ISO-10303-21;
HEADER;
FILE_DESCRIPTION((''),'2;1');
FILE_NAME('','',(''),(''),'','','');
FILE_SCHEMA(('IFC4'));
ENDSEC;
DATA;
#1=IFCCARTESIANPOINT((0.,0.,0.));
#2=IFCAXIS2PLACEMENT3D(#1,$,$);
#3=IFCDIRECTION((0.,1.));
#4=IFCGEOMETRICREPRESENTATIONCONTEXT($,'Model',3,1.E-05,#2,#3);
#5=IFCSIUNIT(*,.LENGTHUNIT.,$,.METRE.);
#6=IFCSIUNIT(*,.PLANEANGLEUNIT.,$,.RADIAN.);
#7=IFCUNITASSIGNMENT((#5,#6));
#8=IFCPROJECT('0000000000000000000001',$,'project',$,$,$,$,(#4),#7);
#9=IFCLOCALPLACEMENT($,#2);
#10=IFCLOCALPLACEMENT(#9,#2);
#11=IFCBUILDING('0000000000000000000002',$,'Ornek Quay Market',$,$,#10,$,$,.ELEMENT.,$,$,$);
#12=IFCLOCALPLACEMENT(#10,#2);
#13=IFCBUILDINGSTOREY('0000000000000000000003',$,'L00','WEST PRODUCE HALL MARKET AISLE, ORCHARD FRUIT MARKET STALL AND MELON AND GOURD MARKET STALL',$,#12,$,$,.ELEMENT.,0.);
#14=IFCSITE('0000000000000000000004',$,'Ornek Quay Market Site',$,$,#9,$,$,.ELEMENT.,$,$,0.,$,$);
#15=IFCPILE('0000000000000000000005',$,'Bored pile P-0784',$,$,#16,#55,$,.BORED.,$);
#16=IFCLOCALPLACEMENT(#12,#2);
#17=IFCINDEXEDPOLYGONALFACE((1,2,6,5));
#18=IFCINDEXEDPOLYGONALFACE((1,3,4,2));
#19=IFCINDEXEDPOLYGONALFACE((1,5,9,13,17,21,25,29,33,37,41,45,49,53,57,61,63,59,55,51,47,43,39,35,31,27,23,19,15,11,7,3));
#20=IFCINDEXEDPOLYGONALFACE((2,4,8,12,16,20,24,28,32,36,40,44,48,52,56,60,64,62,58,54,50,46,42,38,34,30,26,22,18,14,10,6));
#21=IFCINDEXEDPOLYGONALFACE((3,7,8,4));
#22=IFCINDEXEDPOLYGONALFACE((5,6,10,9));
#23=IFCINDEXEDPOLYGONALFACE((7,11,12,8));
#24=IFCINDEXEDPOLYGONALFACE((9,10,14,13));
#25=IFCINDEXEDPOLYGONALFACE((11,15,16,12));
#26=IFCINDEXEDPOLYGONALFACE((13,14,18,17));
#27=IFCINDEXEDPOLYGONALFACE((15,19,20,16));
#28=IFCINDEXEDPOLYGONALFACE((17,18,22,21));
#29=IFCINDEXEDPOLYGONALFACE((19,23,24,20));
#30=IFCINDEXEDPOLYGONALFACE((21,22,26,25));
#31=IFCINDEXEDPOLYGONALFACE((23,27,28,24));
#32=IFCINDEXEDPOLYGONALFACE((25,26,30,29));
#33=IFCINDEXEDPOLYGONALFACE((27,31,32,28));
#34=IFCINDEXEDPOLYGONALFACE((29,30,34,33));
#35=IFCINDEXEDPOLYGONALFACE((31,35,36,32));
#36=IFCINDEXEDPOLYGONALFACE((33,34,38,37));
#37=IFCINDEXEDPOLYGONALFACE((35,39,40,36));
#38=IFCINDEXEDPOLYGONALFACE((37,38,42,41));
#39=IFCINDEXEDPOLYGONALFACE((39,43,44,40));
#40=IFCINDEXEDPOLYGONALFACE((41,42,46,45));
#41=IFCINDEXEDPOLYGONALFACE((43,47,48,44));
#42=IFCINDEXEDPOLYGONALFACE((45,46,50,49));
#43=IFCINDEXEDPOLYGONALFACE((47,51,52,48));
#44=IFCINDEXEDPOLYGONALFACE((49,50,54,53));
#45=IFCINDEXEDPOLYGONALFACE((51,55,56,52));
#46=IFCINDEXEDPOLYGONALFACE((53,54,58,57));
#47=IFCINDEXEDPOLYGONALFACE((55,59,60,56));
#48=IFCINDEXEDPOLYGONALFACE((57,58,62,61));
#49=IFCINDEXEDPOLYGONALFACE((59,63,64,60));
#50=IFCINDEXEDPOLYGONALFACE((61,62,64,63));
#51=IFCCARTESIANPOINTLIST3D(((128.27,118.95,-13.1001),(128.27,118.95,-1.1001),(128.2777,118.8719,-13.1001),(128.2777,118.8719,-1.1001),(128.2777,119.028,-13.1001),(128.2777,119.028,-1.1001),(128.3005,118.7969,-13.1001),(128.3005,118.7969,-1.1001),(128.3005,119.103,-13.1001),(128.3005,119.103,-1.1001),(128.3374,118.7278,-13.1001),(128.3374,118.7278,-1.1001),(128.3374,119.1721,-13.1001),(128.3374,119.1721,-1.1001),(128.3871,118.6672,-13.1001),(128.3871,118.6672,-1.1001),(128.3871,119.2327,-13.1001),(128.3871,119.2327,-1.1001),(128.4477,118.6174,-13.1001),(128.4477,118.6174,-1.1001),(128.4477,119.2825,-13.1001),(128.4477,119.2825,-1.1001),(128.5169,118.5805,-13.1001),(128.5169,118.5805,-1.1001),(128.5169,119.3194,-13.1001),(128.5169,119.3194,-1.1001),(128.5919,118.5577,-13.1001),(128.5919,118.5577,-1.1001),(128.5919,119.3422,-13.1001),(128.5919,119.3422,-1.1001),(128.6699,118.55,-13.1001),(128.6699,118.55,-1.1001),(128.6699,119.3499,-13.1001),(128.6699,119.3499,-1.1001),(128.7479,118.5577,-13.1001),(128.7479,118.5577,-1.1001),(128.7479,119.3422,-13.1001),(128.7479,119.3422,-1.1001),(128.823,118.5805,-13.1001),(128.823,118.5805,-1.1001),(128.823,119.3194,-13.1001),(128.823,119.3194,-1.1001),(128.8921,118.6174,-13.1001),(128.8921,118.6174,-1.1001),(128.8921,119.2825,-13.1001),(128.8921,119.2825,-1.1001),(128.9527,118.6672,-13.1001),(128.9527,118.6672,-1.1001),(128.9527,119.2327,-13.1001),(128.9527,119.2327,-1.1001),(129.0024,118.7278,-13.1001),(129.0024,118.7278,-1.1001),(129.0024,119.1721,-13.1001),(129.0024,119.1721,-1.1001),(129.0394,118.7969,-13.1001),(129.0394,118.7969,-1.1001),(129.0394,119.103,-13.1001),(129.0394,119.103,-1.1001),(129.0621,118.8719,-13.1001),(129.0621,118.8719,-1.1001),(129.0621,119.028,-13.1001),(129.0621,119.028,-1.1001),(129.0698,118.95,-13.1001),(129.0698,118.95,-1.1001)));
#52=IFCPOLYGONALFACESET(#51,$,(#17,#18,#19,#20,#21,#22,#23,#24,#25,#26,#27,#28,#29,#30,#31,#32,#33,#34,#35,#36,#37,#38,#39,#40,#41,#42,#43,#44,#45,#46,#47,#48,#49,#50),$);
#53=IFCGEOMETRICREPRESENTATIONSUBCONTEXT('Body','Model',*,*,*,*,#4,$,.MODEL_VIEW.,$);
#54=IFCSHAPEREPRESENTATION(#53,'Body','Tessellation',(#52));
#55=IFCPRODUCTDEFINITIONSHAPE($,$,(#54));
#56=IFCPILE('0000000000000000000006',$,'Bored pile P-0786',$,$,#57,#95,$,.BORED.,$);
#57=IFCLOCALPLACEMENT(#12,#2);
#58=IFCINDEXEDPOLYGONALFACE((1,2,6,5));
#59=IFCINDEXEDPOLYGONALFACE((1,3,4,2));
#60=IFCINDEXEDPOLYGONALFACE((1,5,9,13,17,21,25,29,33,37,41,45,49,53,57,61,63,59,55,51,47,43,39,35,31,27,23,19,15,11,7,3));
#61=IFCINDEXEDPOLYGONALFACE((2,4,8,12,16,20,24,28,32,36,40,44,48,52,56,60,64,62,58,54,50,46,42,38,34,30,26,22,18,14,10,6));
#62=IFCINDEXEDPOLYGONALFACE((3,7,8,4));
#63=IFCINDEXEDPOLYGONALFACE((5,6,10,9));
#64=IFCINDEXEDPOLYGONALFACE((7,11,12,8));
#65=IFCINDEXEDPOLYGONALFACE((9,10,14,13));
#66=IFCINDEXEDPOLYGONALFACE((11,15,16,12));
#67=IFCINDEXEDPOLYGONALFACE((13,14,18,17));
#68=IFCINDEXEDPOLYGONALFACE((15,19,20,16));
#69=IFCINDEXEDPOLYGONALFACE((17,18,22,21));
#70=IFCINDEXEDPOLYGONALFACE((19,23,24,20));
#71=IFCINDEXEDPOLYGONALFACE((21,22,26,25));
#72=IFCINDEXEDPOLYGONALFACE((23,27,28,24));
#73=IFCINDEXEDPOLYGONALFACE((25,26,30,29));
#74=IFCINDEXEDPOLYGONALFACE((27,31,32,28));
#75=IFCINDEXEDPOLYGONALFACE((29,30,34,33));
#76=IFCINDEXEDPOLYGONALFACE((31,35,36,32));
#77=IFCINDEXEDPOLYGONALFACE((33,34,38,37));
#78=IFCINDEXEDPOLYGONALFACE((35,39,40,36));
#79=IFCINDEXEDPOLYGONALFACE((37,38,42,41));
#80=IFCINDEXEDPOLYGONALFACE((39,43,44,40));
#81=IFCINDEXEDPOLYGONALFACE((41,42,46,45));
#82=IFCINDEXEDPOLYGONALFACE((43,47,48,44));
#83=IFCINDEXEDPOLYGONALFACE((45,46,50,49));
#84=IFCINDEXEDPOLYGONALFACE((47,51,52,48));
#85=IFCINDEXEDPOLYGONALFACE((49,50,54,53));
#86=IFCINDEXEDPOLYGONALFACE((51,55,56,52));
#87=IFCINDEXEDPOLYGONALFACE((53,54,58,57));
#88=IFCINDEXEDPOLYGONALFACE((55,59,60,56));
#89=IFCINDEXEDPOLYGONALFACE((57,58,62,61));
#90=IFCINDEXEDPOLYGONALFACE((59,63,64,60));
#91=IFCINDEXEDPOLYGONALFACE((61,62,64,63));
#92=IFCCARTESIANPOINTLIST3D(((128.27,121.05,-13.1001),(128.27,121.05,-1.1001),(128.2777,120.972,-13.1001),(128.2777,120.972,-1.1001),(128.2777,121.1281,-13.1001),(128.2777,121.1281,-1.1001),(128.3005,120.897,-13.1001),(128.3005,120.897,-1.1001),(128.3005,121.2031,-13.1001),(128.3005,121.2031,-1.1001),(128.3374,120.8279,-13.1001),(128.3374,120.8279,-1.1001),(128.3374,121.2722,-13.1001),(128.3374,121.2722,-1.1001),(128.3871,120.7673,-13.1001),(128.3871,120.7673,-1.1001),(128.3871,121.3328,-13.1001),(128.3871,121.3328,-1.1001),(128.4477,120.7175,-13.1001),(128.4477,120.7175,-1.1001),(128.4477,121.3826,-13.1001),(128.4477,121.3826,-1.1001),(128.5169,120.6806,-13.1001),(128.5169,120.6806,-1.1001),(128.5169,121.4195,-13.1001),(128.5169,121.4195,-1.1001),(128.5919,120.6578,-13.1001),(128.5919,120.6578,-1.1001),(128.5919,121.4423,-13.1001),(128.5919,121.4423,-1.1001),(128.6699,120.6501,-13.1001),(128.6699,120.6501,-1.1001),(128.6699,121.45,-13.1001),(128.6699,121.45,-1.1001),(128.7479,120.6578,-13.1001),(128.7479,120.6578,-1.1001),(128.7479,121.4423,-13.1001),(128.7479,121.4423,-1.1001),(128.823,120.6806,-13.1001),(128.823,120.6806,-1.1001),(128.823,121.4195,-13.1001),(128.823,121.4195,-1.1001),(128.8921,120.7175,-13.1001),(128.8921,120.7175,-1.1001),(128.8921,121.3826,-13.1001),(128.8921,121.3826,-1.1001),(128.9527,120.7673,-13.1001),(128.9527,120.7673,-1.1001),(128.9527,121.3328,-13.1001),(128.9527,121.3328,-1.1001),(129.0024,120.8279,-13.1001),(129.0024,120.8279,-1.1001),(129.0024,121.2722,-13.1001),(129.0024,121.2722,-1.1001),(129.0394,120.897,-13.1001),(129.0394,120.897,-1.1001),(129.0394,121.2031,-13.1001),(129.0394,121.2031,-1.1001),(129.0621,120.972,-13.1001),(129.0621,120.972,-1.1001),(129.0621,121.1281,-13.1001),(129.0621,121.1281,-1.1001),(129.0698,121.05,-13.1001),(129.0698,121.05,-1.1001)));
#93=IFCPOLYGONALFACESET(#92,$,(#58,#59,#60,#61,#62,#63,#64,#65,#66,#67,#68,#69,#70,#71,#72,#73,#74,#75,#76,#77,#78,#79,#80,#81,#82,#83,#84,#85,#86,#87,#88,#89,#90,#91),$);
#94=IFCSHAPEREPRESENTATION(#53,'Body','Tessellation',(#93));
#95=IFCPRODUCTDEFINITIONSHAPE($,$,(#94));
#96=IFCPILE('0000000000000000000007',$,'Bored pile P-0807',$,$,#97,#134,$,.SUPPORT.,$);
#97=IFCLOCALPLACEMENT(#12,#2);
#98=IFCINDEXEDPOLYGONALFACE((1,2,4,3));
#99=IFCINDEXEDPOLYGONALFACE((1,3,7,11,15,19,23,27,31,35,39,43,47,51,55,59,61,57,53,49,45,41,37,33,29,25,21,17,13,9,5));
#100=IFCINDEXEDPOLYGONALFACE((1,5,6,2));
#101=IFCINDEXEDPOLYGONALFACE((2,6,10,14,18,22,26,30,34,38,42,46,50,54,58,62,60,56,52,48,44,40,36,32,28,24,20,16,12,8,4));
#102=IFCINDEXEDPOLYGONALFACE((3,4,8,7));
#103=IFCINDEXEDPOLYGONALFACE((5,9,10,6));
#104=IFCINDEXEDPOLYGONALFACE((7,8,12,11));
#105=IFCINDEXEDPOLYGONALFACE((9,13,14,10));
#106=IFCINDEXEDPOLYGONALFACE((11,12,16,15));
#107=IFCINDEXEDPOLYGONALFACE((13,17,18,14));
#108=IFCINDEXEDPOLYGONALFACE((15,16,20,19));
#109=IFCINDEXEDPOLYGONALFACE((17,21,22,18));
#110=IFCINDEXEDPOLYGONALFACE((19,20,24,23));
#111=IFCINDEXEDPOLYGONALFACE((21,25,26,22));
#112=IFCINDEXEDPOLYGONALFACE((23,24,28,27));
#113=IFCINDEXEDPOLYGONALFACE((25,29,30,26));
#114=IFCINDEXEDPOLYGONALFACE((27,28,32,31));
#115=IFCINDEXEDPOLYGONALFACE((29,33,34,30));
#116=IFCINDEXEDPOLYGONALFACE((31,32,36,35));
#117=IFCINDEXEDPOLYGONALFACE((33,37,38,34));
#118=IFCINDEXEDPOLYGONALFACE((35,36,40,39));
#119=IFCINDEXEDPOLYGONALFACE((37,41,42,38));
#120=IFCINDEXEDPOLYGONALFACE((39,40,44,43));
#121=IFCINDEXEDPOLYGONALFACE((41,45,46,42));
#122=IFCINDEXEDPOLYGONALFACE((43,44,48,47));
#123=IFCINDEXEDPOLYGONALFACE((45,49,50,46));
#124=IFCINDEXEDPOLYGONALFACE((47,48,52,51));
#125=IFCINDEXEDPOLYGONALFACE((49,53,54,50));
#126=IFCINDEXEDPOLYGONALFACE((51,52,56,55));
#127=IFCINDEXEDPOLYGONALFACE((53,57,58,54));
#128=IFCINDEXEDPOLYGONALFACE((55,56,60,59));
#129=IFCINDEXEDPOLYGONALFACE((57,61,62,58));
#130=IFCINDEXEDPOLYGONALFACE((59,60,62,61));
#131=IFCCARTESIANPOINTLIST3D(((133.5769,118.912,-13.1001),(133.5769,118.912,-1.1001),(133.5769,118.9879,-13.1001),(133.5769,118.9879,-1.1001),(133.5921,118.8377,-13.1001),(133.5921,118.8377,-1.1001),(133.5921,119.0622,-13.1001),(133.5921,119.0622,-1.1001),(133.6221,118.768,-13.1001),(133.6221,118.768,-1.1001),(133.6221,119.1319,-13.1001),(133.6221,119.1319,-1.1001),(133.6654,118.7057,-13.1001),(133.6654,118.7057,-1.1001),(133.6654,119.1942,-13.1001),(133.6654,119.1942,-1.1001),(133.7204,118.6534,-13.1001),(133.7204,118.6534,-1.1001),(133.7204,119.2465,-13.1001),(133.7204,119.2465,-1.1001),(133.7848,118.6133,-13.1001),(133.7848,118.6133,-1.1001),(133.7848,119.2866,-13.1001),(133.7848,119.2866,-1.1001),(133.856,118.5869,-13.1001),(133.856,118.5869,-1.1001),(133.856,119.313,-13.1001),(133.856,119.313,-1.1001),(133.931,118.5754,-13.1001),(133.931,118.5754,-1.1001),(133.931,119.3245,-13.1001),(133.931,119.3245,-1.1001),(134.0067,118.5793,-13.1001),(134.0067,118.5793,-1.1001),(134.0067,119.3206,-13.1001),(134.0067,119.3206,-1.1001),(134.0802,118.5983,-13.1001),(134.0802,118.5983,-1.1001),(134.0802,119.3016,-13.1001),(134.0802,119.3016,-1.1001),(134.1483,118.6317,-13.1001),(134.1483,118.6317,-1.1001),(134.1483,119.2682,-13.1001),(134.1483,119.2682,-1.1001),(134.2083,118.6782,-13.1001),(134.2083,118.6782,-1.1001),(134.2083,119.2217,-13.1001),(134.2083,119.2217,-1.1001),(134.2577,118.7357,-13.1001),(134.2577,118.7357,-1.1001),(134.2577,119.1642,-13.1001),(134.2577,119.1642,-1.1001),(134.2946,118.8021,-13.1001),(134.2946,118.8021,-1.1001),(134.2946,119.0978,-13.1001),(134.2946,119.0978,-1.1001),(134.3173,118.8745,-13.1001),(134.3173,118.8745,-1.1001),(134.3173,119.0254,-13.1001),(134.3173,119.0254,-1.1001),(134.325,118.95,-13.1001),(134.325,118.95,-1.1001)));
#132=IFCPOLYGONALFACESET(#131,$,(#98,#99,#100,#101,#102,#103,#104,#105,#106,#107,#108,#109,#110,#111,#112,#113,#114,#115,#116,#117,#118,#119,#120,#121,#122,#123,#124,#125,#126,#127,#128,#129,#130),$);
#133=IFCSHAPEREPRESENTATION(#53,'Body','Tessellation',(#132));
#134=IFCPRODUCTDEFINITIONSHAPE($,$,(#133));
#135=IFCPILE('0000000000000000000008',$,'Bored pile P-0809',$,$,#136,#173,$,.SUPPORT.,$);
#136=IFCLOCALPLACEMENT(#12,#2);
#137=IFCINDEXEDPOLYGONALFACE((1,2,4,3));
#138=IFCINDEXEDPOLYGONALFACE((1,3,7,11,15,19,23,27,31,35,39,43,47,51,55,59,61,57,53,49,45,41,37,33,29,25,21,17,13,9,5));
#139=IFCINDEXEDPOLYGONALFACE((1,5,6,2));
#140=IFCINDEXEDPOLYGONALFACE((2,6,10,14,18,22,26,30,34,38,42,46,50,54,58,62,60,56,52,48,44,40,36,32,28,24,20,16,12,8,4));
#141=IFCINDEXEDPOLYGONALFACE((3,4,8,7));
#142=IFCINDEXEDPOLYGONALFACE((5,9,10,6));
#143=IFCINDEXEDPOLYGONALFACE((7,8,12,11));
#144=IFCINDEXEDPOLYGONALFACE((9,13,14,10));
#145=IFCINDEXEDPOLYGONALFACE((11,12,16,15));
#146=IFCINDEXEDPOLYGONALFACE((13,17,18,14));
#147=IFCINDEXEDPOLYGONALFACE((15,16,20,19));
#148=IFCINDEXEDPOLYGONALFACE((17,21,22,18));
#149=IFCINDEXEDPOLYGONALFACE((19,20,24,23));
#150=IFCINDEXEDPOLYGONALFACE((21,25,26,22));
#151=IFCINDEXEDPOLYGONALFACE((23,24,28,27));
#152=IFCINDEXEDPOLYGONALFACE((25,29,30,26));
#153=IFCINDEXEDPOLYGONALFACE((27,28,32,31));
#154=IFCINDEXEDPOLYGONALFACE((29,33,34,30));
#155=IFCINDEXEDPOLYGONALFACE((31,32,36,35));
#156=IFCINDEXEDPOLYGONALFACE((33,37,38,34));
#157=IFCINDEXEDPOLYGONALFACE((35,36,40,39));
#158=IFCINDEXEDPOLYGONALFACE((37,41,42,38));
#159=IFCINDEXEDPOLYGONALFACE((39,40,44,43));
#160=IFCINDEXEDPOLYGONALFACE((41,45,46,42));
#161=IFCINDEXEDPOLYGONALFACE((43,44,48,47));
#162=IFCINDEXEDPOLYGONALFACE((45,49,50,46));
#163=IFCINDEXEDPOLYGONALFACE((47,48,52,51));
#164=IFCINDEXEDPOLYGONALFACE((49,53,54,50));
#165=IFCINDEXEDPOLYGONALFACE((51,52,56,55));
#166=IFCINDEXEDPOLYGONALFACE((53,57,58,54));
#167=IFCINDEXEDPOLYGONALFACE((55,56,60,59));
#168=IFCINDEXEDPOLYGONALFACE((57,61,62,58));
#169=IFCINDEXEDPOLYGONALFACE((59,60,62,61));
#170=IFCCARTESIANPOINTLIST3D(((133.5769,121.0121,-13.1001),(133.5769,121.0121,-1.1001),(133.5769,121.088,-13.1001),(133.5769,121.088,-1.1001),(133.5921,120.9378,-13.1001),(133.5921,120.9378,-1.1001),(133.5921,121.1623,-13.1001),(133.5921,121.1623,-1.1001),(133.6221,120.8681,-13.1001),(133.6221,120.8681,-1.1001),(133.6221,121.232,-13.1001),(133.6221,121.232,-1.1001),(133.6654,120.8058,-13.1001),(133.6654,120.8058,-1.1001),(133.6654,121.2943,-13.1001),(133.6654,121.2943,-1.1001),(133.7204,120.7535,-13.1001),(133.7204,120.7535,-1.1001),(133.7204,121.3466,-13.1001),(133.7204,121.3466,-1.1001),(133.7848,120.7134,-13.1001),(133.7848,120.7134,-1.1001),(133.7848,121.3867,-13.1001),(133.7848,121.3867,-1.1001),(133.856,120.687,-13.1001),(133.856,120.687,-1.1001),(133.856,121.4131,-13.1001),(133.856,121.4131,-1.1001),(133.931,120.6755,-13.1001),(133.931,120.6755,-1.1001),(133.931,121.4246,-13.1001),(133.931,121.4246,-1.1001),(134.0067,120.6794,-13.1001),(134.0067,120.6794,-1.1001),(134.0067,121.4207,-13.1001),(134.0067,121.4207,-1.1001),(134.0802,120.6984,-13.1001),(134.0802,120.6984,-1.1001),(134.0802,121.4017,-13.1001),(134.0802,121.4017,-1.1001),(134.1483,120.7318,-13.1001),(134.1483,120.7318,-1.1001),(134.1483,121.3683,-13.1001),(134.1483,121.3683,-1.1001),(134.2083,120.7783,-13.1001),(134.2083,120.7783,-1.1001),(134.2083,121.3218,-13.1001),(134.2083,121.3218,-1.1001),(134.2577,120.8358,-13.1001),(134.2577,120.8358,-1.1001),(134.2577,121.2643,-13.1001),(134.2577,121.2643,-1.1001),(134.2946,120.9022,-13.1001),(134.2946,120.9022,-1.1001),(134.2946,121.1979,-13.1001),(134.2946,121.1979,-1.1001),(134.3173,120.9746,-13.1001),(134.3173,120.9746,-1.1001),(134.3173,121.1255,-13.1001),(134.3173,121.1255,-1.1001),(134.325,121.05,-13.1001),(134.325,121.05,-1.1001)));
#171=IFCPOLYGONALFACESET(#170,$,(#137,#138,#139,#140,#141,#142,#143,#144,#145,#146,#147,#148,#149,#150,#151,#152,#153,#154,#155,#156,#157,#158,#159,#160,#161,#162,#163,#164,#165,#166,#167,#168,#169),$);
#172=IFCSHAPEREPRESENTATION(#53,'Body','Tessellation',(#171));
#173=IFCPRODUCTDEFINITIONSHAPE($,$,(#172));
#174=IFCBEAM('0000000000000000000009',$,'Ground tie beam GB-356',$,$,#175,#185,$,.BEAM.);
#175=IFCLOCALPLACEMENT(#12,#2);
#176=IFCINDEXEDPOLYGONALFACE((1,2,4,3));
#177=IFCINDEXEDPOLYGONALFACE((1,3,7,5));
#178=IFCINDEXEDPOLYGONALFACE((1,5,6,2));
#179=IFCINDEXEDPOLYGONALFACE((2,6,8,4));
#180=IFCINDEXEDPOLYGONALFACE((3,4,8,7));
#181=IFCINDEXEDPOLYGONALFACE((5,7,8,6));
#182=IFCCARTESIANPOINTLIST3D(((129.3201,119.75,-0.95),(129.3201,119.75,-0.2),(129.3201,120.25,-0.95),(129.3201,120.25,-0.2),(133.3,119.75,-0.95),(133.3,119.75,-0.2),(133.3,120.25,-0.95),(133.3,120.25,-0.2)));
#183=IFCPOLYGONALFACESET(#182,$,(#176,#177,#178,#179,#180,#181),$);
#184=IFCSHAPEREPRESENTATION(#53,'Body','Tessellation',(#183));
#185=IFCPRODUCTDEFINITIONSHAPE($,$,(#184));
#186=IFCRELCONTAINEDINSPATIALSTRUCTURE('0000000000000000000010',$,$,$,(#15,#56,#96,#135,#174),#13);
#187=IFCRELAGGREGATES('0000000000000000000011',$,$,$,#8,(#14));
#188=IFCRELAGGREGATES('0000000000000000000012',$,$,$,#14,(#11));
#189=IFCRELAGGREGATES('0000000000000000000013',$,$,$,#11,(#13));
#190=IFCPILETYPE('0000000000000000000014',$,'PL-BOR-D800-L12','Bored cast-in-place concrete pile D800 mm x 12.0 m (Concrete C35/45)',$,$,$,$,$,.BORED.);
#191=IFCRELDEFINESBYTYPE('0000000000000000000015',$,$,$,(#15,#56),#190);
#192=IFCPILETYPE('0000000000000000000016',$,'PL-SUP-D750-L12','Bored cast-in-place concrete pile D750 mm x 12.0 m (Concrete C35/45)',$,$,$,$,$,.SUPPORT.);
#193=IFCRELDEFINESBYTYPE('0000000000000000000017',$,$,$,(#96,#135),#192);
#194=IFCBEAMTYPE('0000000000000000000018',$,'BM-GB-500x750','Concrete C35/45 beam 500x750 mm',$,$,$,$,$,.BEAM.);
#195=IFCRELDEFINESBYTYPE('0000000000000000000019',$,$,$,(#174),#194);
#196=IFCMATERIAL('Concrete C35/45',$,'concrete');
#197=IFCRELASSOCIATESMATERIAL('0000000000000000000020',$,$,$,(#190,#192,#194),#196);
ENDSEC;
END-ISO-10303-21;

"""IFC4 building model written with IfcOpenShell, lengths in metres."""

from ifc_helpers import new_model, si_unit, direction, frame, origin, origin_2d, place, context, subcontext, project, spatial, rectangle, circle, extrude, material, material_profile, profile_set, type_object, element, save


model = new_model("IFC4")

# Units and contexts
model_context = context("Model", 3, precision=1e-05, world=origin(), true_north=direction((0.0, 1.0)))
body_context = subcontext(model_context, "Body", "Model", "MODEL_VIEW")
ifc_project = project(units=[si_unit("LENGTHUNIT", "METRE"), si_unit("PLANEANGLEUNIT", "RADIAN")], contexts=[model_context])

# Site, building, storey
site_placement = place(None, origin())
site = spatial("IfcSite", under=ifc_project, at=site_placement, Name="Ornek Quay Market Site", CompositionType="ELEMENT", RefElevation=0.0)
building_placement = place(site_placement, origin())
building = spatial("IfcBuilding", under=site, at=building_placement, Name="Ornek Quay Market", CompositionType="ELEMENT")
storey_placement = place(building_placement, origin())
storey = spatial("IfcBuildingStorey", under=building, at=storey_placement, Name="L00", Description="WEST PRODUCE HALL MARKET AISLE, ORCHARD FRUIT MARKET STALL AND MELON AND GOURD MARKET STALL", CompositionType="ELEMENT", Elevation=0.0)

# Piles
ifc_material_1 = material(Name="Concrete C35/45", Category="concrete")
ifc_material_profile_1 = material_profile(ifc_material_1, circle(Radius=0.3999, at=origin_2d()), Name="PILE D800", Category="concrete")
ifc_profile_set_1 = profile_set([ifc_material_profile_1], Name="Concrete C35/45")
pile_type_1 = type_object("IfcPileType", Name="PL-BOR-D800-L12", Description="Bored cast-in-place concrete pile D800 mm x 12.0 m (Concrete C35/45)", PredefinedType="BORED", material=ifc_profile_set_1)
for number, where, z_axis, x_axis, name in (
    (1, (128.6699, 118.95, -1.1001), (0.0, 0.0, -1.0), (1.0, 0.0, 0.0), "Bored pile P-0784"),
    (2, (128.6699, 121.05, -1.1001), (0.0, 0.0, -1.0), (1.0, 0.0, 0.0), "Bored pile P-0786"),
):
    element("IfcPile", number, at=place(storey_placement, frame(where, z_axis=z_axis, x_axis=x_axis)), inside=storey, type_object=pile_type_1, Name=name, PredefinedType="BORED", context=body_context, shape_type="SweptSolid", body=[
        extrude(circle(Radius=0.3999, at=origin_2d()), origin(), (0.0, 0.0, 1.0), 12.0),
    ])
ifc_material_profile_2 = material_profile(ifc_material_1, circle(Radius=0.375, at=origin_2d()), Name="PILE D750", Category="concrete")
ifc_profile_set_2 = profile_set([ifc_material_profile_2], Name="Concrete C35/45")
pile_type_2 = type_object("IfcPileType", Name="PL-SUP-D750-L12", Description="Bored cast-in-place concrete pile D750 mm x 12.0 m (Concrete C35/45)", PredefinedType="SUPPORT", material=ifc_profile_set_2)
for number, where, z_axis, x_axis, name in (
    (3, (133.95, 118.95, -1.1001), (0.0, 0.0, -1.0), (1.0, 0.0, 0.0), "Bored pile P-0807"),
    (4, (133.95, 121.05, -1.1001), (0.0, 0.0, -1.0), (1.0, 0.0, 0.0), "Bored pile P-0809"),
):
    element("IfcPile", number, at=place(storey_placement, frame(where, z_axis=z_axis, x_axis=x_axis)), inside=storey, type_object=pile_type_2, Name=name, PredefinedType="SUPPORT", context=body_context, shape_type="SweptSolid", body=[
        extrude(circle(Radius=0.375, at=origin_2d()), origin(), (0.0, 0.0, 1.0), 12.0),
    ])

# Beam
ifc_material_profile_3 = material_profile(ifc_material_1, rectangle(XDim=0.5, YDim=0.75, at=origin_2d()), Name="RC 500x750", Category="concrete")
ifc_profile_set_3 = profile_set([ifc_material_profile_3], Name="Concrete C35/45")
beam_type = type_object("IfcBeamType", Name="BM-GB-500x750", Description="Concrete C35/45 beam 500x750 mm", PredefinedType="BEAM", material=ifc_profile_set_3)
beam_placement = place(storey_placement, frame((129.3201, 120.0, -0.575), z_axis=(1.0, 0.0, 0.0), x_axis=(0.0, 1.0, 0.0)))
element("IfcBeam", 5, at=beam_placement, inside=storey, type_object=beam_type, Name="Ground tie beam GB-356", PredefinedType="BEAM", context=body_context, shape_type="SweptSolid", body=[
    extrude(rectangle(XDim=0.5, YDim=0.75, at=origin_2d()), origin(), (0.0, 0.0, 1.0), 3.98),
])

save(model, "model.ifc")
